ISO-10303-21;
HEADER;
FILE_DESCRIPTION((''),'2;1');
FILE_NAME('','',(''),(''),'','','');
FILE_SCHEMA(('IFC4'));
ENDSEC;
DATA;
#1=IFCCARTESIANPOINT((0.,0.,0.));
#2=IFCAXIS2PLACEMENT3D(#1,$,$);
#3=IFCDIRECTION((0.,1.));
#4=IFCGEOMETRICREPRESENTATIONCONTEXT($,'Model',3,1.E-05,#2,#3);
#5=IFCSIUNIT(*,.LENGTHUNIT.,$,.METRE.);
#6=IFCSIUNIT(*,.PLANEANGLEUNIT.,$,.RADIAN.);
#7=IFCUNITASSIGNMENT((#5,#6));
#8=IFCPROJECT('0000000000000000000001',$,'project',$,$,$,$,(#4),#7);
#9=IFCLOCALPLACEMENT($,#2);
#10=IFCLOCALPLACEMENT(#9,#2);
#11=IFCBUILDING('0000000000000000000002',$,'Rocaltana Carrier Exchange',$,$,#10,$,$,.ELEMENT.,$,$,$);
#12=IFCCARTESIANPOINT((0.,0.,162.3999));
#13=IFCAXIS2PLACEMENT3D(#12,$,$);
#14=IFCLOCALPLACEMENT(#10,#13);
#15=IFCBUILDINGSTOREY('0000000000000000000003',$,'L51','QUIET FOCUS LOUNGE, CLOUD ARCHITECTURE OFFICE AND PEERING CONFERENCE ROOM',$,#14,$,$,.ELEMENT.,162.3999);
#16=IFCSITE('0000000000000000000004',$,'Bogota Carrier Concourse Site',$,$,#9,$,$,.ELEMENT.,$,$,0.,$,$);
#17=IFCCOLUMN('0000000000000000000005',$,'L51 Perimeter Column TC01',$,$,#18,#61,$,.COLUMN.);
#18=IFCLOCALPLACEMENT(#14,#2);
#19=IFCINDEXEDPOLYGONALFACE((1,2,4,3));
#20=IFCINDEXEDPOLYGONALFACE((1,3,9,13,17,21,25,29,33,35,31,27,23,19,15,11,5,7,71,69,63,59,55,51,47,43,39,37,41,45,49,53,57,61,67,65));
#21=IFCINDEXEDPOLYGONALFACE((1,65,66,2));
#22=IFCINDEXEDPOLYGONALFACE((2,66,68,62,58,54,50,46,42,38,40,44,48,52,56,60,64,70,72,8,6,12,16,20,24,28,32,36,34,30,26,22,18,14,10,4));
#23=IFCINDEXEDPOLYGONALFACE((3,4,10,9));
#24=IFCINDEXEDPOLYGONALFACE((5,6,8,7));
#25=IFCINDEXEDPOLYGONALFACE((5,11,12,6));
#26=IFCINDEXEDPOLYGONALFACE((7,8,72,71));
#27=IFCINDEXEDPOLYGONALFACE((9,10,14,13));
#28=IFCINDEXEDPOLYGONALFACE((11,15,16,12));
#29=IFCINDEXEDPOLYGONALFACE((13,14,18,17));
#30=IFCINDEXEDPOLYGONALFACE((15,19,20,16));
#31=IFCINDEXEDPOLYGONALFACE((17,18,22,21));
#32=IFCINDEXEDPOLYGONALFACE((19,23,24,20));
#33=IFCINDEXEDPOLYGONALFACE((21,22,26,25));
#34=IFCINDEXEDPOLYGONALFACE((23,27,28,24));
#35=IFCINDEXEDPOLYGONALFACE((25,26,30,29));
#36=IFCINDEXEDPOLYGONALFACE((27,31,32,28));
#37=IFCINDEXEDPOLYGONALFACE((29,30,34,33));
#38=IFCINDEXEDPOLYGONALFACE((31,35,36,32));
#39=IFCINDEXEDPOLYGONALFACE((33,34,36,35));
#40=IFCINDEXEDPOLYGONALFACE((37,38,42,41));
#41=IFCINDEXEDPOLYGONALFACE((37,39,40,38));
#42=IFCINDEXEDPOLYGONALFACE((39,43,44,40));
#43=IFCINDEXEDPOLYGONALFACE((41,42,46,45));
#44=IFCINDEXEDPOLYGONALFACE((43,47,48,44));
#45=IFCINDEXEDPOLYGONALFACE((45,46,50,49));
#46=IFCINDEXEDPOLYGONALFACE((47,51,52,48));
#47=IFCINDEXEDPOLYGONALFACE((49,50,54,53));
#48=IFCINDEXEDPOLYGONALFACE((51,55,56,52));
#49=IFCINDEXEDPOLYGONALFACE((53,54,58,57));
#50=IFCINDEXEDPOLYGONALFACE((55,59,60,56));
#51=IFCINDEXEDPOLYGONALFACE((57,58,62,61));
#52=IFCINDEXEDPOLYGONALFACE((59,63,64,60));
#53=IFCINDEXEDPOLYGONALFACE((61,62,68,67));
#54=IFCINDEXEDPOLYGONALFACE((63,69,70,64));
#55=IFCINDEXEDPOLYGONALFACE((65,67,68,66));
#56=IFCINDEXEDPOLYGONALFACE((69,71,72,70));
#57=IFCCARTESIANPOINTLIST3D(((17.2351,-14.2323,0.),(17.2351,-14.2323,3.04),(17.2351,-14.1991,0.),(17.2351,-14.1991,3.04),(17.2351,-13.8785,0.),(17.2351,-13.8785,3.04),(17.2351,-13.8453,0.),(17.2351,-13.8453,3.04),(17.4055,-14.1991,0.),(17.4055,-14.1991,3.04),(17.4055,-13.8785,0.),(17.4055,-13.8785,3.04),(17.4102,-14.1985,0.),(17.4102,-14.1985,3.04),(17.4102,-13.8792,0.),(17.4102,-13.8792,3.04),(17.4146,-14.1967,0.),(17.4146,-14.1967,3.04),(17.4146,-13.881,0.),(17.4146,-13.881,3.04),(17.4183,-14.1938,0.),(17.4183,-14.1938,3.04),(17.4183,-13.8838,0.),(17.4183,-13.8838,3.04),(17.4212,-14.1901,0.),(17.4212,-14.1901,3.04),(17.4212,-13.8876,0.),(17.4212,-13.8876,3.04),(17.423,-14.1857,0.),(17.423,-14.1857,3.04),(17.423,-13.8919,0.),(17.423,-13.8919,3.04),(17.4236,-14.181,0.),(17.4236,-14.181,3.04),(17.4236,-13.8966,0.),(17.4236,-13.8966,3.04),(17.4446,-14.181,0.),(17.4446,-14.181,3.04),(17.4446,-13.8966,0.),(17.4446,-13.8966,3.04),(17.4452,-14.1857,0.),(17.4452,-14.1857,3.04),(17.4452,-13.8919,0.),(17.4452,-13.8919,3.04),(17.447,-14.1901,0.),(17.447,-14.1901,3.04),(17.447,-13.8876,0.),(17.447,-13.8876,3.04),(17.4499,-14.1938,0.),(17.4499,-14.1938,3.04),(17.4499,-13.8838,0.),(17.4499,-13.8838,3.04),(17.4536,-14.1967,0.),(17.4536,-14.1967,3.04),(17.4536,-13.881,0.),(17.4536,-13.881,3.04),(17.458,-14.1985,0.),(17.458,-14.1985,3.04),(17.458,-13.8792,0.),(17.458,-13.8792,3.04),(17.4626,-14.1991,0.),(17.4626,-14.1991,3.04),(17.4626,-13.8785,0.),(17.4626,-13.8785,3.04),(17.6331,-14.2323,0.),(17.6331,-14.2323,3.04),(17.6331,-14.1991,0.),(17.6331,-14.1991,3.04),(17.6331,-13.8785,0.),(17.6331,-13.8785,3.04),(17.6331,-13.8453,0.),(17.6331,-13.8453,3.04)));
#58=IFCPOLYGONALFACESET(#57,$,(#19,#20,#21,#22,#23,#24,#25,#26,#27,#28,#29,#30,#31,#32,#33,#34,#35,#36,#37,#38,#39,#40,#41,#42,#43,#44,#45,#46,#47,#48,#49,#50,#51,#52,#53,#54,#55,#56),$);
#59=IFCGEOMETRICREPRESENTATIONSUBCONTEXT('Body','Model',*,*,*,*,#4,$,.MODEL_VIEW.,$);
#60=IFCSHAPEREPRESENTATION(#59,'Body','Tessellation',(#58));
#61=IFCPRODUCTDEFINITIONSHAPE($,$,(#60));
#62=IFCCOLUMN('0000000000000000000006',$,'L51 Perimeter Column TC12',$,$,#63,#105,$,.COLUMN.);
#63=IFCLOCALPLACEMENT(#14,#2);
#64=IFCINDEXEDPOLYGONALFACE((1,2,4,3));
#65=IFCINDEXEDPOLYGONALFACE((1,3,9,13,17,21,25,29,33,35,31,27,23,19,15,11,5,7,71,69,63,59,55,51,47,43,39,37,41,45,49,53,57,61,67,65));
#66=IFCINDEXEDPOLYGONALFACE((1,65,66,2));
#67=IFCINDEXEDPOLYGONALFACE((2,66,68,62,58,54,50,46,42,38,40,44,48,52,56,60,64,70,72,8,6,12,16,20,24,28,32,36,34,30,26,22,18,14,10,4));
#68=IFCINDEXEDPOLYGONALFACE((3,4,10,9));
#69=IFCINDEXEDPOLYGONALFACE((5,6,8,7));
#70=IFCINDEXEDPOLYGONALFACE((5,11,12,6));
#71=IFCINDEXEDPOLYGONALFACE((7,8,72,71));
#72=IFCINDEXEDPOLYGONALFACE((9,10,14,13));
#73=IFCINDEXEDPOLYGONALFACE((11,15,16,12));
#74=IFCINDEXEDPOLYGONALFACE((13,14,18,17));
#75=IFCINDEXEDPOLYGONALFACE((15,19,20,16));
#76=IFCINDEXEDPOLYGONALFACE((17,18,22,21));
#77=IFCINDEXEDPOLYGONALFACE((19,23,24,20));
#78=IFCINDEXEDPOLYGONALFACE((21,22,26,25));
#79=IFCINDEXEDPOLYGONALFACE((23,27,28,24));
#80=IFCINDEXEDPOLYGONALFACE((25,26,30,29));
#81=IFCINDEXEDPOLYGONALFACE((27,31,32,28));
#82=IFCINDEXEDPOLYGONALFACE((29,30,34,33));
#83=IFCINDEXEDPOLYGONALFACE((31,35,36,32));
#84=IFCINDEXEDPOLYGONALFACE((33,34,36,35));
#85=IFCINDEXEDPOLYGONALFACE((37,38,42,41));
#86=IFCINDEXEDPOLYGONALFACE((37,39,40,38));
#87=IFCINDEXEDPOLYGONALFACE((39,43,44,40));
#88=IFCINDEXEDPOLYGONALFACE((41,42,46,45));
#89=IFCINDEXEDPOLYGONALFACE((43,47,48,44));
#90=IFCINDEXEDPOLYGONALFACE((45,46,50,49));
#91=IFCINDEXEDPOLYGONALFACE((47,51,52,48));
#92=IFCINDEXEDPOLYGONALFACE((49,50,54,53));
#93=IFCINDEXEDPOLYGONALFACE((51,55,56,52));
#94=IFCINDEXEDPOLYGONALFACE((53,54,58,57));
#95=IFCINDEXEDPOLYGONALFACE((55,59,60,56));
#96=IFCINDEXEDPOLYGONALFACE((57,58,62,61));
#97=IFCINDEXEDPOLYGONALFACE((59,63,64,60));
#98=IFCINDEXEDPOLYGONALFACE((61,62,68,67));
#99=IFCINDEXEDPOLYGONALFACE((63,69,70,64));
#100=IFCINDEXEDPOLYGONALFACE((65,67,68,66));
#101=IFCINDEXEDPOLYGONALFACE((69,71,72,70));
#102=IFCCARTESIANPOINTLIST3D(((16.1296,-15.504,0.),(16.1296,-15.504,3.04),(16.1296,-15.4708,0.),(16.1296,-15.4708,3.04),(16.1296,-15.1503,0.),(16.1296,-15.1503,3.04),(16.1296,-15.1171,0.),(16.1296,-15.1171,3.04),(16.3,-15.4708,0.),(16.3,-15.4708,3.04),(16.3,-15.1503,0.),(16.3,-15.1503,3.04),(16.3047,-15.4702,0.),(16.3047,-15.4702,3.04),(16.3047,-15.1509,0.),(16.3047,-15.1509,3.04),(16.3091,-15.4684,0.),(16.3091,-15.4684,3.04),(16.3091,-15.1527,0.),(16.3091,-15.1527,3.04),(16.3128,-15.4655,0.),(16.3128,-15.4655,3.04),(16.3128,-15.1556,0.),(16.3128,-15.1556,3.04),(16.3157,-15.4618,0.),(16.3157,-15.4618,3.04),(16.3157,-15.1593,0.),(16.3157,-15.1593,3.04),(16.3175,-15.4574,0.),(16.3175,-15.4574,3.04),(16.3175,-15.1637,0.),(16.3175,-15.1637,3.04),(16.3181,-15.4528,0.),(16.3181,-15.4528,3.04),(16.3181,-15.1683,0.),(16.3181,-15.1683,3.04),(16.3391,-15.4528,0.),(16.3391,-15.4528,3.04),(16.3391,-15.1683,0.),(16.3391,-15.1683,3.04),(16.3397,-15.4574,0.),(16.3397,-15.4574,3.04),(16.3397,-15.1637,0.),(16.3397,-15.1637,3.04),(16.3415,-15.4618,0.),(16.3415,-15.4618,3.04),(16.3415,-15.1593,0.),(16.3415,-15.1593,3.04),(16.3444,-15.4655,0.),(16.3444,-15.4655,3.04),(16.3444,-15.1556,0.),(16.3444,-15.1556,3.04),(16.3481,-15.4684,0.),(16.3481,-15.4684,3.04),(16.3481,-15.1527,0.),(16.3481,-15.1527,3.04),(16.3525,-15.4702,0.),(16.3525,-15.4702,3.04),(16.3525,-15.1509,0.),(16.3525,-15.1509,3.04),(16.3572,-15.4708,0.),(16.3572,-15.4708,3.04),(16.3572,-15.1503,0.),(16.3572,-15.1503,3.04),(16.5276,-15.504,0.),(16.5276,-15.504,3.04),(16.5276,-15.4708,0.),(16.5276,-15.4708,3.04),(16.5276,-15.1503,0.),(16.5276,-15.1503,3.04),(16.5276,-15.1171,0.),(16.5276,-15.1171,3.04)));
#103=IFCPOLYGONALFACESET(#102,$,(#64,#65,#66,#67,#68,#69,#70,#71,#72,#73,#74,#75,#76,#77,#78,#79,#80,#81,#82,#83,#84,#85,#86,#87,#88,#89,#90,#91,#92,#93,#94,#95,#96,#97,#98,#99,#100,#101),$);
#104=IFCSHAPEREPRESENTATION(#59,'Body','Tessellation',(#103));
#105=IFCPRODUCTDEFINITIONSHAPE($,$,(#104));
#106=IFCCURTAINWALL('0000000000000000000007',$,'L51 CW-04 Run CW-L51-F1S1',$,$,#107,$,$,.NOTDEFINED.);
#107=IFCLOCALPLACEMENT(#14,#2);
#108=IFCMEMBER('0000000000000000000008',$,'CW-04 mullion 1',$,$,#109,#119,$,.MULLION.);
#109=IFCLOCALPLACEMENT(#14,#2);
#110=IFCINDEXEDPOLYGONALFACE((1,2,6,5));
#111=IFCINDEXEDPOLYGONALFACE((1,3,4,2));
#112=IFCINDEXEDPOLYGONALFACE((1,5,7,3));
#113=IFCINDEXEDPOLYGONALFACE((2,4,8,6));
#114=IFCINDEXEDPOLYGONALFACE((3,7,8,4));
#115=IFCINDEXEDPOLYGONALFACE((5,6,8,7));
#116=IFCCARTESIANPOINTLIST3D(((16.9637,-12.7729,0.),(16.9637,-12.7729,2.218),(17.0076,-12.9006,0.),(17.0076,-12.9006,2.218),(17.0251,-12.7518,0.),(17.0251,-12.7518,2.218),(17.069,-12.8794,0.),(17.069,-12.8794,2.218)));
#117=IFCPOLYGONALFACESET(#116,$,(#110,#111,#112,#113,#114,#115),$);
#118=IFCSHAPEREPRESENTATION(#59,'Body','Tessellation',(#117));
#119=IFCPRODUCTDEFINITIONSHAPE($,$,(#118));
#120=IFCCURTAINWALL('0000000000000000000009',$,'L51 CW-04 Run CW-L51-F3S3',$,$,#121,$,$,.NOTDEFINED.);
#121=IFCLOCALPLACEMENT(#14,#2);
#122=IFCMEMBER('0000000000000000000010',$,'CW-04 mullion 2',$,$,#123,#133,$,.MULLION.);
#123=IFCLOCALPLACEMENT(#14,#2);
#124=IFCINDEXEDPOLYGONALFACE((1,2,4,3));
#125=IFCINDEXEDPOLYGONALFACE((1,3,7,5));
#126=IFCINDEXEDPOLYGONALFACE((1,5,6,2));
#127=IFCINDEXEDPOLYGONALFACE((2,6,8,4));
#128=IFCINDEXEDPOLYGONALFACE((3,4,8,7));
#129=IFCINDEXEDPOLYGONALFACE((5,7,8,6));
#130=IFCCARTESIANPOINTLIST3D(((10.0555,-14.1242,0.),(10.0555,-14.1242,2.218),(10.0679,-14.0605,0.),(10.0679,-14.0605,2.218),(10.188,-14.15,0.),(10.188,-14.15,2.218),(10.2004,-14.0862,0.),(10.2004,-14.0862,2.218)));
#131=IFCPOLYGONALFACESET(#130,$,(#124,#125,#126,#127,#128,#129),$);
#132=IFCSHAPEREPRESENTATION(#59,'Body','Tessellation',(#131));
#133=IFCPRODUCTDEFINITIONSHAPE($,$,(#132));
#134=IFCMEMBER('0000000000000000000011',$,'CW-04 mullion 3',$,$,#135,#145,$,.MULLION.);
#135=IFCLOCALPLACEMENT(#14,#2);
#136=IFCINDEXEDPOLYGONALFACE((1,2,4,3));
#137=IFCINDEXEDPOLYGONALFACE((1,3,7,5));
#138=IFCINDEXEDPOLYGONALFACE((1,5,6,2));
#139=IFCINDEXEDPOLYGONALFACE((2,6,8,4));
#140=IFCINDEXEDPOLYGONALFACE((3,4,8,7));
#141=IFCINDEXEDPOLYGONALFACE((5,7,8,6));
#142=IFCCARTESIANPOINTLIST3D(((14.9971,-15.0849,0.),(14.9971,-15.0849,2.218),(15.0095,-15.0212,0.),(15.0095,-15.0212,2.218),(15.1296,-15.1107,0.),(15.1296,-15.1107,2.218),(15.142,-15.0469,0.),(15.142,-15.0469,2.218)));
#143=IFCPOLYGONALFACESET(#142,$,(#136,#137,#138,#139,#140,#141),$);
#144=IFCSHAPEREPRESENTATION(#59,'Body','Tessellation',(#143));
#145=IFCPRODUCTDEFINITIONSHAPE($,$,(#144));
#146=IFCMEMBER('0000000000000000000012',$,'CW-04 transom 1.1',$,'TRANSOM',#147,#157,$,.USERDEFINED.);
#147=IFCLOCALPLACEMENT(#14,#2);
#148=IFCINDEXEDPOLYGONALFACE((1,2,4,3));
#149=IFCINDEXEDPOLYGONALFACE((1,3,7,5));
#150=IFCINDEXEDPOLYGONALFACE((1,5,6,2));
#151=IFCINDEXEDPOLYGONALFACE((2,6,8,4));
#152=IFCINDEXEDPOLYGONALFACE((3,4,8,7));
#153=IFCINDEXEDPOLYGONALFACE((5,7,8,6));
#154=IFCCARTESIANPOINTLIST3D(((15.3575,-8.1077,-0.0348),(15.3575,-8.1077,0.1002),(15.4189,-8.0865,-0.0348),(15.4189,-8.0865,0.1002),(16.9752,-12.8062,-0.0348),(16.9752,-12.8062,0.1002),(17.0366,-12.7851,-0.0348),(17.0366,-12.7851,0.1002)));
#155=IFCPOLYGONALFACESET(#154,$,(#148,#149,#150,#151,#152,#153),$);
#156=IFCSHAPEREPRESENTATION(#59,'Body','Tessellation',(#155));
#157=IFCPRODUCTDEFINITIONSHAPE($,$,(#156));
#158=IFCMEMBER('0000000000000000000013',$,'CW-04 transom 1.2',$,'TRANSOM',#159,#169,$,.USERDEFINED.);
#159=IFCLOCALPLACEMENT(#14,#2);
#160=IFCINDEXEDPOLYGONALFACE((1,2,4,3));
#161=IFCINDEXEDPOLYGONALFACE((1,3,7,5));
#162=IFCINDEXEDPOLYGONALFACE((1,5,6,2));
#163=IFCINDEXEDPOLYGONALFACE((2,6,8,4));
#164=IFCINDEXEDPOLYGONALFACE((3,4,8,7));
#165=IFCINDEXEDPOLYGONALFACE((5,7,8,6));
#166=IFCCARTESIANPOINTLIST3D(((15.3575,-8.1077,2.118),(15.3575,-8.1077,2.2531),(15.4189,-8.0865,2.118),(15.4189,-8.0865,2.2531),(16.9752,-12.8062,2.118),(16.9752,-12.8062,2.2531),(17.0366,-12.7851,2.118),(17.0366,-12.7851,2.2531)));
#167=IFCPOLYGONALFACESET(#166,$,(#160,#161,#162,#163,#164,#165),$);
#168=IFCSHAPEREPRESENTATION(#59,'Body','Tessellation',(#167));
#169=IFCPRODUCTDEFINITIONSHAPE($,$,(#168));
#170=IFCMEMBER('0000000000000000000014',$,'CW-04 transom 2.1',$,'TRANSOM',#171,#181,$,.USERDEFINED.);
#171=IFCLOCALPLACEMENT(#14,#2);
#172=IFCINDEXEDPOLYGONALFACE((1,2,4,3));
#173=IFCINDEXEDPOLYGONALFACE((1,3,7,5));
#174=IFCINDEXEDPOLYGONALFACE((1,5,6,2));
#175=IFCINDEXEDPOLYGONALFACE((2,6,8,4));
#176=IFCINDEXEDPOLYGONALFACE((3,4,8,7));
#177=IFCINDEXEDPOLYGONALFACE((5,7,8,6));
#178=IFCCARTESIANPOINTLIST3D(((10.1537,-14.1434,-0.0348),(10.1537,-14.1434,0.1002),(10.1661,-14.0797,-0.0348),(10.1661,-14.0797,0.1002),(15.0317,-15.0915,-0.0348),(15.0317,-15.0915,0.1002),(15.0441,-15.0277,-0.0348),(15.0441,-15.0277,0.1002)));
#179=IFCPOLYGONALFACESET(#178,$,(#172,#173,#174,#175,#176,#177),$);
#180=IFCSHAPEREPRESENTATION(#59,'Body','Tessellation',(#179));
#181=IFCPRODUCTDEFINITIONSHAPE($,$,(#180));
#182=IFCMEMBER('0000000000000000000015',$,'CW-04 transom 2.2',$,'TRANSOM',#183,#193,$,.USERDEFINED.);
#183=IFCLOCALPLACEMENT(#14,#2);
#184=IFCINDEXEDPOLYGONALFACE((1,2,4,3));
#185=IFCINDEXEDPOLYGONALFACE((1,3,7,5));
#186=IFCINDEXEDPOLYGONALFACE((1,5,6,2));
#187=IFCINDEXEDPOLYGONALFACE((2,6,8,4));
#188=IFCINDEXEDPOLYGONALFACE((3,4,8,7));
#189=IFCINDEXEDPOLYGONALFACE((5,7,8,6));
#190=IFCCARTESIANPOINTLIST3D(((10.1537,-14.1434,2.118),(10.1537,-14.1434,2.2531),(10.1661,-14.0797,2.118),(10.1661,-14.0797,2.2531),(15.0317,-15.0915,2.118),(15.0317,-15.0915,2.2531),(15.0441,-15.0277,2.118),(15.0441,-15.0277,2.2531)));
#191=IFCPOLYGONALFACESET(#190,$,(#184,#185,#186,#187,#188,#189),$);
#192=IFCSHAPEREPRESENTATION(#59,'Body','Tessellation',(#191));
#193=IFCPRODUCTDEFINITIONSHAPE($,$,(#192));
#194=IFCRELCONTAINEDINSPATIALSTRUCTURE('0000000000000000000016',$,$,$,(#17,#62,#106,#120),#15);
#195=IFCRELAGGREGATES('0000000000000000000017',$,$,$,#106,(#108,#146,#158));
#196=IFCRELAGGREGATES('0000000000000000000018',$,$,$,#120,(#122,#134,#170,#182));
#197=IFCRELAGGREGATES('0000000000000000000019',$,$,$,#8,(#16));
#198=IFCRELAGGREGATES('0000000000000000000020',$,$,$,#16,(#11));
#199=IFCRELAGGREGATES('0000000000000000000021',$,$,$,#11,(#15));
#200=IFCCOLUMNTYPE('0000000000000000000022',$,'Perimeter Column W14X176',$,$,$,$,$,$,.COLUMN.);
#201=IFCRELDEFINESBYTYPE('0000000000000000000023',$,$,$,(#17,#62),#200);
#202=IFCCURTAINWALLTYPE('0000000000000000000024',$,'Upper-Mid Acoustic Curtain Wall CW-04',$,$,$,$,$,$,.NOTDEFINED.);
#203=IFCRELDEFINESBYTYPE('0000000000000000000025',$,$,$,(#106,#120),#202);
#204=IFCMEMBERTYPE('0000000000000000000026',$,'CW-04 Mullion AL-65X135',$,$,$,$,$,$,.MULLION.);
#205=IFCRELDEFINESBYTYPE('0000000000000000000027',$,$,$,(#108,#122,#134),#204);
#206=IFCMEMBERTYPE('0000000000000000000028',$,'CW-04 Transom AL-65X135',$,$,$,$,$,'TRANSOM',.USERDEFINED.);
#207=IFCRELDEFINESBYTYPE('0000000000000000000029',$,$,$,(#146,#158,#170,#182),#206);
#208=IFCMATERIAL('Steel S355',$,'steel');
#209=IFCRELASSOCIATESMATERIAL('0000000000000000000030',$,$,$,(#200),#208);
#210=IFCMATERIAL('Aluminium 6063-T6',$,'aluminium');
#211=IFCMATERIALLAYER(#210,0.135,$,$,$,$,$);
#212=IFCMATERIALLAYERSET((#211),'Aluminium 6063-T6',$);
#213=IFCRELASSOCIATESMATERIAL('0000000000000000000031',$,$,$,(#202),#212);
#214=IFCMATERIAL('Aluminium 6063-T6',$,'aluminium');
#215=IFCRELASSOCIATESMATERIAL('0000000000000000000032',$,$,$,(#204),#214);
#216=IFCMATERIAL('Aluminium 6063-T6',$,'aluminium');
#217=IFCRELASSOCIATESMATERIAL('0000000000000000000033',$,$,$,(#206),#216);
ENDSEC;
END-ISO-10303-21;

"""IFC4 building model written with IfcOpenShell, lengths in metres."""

from ifc_helpers import new_model, si_unit, direction, frame, origin, origin_2d, place, context, subcontext, project, spatial, rectangle, i_section, extrude, material, layer, layer_set, material_profile, profile_set, type_object, element, aggregate, save


model = new_model("IFC4")

# Units and contexts
model_context = context("Model", 3, precision=1e-05, world=origin(), true_north=direction((0.0, 1.0)))
body_context = subcontext(model_context, "Body", "Model", "MODEL_VIEW")
ifc_project = project(units=[si_unit("LENGTHUNIT", "METRE"), si_unit("PLANEANGLEUNIT", "RADIAN")], contexts=[model_context])

# Site, building, storey
site_placement = place(None, origin())
site = spatial("IfcSite", under=ifc_project, at=site_placement, Name="Bogota Carrier Concourse Site", CompositionType="ELEMENT", RefElevation=0.0)
building_placement = place(site_placement, origin())
building = spatial("IfcBuilding", under=site, at=building_placement, Name="Rocaltana Carrier Exchange", CompositionType="ELEMENT")
storey_placement = place(building_placement, frame((0.0, 0.0, 162.3999)))
storey = spatial("IfcBuildingStorey", under=building, at=storey_placement, Name="L51", Description="QUIET FOCUS LOUNGE, CLOUD ARCHITECTURE OFFICE AND PEERING CONFERENCE ROOM", CompositionType="ELEMENT", Elevation=162.3999)

# Columns
ifc_material_1 = material(Name="Steel S355", Category="steel")
ifc_material_profile_1 = material_profile(ifc_material_1, i_section(OverallWidth=0.3979, OverallDepth=0.387, WebThickness=0.021, FlangeThickness=0.0332, FilletRadius=0.0181, at=origin_2d()), Name="W14X176")
ifc_profile_set_1 = profile_set([ifc_material_profile_1], Name="Steel S355")
column_type = type_object("IfcColumnType", Name="Perimeter Column W14X176", PredefinedType="COLUMN", material=ifc_profile_set_1)
for number, where, z_axis, x_axis, name in (
    (1, (17.4341, -14.0388, 0.0), (0.0, 0.0, 1.0), (1.0, 0.0, 0.0), "L51 Perimeter Column TC01"),
    (2, (16.3286, -15.3105, 0.0), (0.0, 0.0, 1.0), (1.0, 0.0, 0.0), "L51 Perimeter Column TC12"),
):
    element("IfcColumn", number, at=place(storey_placement, frame(where, z_axis=z_axis, x_axis=x_axis)), inside=storey, type_object=column_type, Name=name, PredefinedType="COLUMN", context=body_context, shape_type="SweptSolid", body=[
        extrude(i_section(OverallWidth=0.3979, OverallDepth=0.387, WebThickness=0.021, FlangeThickness=0.0332, FilletRadius=0.0181, at=origin_2d()), origin(), (0.0, 0.0, 1.0), 3.04),
    ])

# Curtain wall, member
ifc_material_2 = material(Name="Aluminium 6063-T6", Category="aluminium")
ifc_layer_1 = layer(ifc_material_2, 0.135)
ifc_layer_set_1 = layer_set([ifc_layer_1], Name="Aluminium 6063-T6")
curtain_wall_type = type_object("IfcCurtainWallType", Name="Upper-Mid Acoustic Curtain Wall CW-04", PredefinedType="NOTDEFINED", material=ifc_layer_set_1)
curtain_wall_1_placement = place(storey_placement, origin())
curtain_wall_1 = element("IfcCurtainWall", 3, at=curtain_wall_1_placement, inside=storey, type_object=curtain_wall_type, Name="L51 CW-04 Run CW-L51-F1S1", PredefinedType="NOTDEFINED")
ifc_material_3 = material(Name="Aluminium 6063-T6", Category="aluminium")
ifc_material_profile_2 = material_profile(ifc_material_3, rectangle(XDim=0.0649, YDim=0.135, at=origin_2d()), Name="AL-65X135")
ifc_profile_set_2 = profile_set([ifc_material_profile_2], Name="Aluminium 6063-T6")
member_type_1 = type_object("IfcMemberType", Name="CW-04 Mullion AL-65X135", PredefinedType="MULLION", material=ifc_profile_set_2)
member_1_placement = place(storey_placement, frame((17.0164, -12.8262, 0.0), z_axis=(0.0, 0.0, 1.0), x_axis=(-0.945522, -0.325559, 0.0)))
member_1 = element("IfcMember", 4, at=member_1_placement, type_object=member_type_1, Name="CW-04 mullion 1", PredefinedType="MULLION", context=body_context, shape_type="SweptSolid", body=[
    extrude(rectangle(XDim=0.0649, YDim=0.135, at=origin_2d()), origin(), (0.0, 0.0, 1.0), 2.218),
])

# Curtain wall, members
curtain_wall_2_placement = place(storey_placement, origin())
curtain_wall_2 = element("IfcCurtainWall", 5, at=curtain_wall_2_placement, inside=storey, type_object=curtain_wall_type, Name="L51 CW-04 Run CW-L51-F3S3", PredefinedType="NOTDEFINED")
member_2_placement = place(storey_placement, frame((10.1279, -14.1052, 0.0), z_axis=(0.0, 0.0, 1.0), x_axis=(0.190805, 0.981628, 0.0)))
member_2 = element("IfcMember", 6, at=member_2_placement, type_object=member_type_1, Name="CW-04 mullion 2", PredefinedType="MULLION", context=body_context, shape_type="SweptSolid", body=[
    extrude(rectangle(XDim=0.0649, YDim=0.135, at=origin_2d()), origin(), (0.0, 0.0, 1.0), 2.218),
])
member_3_placement = place(storey_placement, frame((15.0696, -15.0659, 0.0), z_axis=(0.0, 0.0, 1.0), x_axis=(0.190805, 0.981628, 0.0)))
member_3 = element("IfcMember", 7, at=member_3_placement, type_object=member_type_1, Name="CW-04 mullion 3", PredefinedType="MULLION", context=body_context, shape_type="SweptSolid", body=[
    extrude(rectangle(XDim=0.0649, YDim=0.135, at=origin_2d()), origin(), (0.0, 0.0, 1.0), 2.218),
])

# Members
ifc_material_4 = material(Name="Aluminium 6063-T6", Category="aluminium")
ifc_material_profile_3 = material_profile(ifc_material_4, rectangle(XDim=0.0649, YDim=0.135, at=origin_2d()), Name="AL-65X135")
ifc_profile_set_3 = profile_set([ifc_material_profile_3], Name="Aluminium 6063-T6")
member_type_2 = type_object("IfcMemberType", Name="CW-04 Transom AL-65X135", ElementType="TRANSOM", PredefinedType="USERDEFINED", material=ifc_profile_set_3)
member_4_placement = place(storey_placement, frame((17.0059, -12.7957, 0.0327), z_axis=(-0.325542, 0.945527, 0.0), x_axis=(-0.945527, -0.325542, 0.0)))
member_4 = element("IfcMember", 8, at=member_4_placement, type_object=member_type_2, Name="CW-04 transom 1.1", ObjectType="TRANSOM", PredefinedType="USERDEFINED", context=body_context, shape_type="SweptSolid", body=[
    extrude(rectangle(XDim=0.0649, YDim=0.135, at=origin_2d()), origin(), (0.0, 0.0, 1.0), 4.9692),
])
member_5_placement = place(storey_placement, frame((17.0059, -12.7957, 2.1855), z_axis=(-0.325542, 0.945527, 0.0), x_axis=(-0.945527, -0.325542, 0.0)))
member_5 = element("IfcMember", 9, at=member_5_placement, type_object=member_type_2, Name="CW-04 transom 1.2", ObjectType="TRANSOM", PredefinedType="USERDEFINED", context=body_context, shape_type="SweptSolid", body=[
    extrude(rectangle(XDim=0.0649, YDim=0.135, at=origin_2d()), origin(), (0.0, 0.0, 1.0), 4.9692),
])
aggregate(curtain_wall_1, [member_1, member_4, member_5])
member_6_placement = place(storey_placement, frame((10.1599, -14.1116, 0.0327), z_axis=(0.981634, -0.190775, 0.0), x_axis=(0.190775, 0.981634, 0.0)))
member_6 = element("IfcMember", 10, at=member_6_placement, type_object=member_type_2, Name="CW-04 transom 2.1", ObjectType="TRANSOM", PredefinedType="USERDEFINED", context=body_context, shape_type="SweptSolid", body=[
    extrude(rectangle(XDim=0.0649, YDim=0.135, at=origin_2d()), origin(), (0.0, 0.0, 1.0), 4.9692),
])
member_7_placement = place(storey_placement, frame((10.1599, -14.1116, 2.1855), z_axis=(0.981634, -0.190775, 0.0), x_axis=(0.190775, 0.981634, 0.0)))
member_7 = element("IfcMember", 11, at=member_7_placement, type_object=member_type_2, Name="CW-04 transom 2.2", ObjectType="TRANSOM", PredefinedType="USERDEFINED", context=body_context, shape_type="SweptSolid", body=[
    extrude(rectangle(XDim=0.0649, YDim=0.135, at=origin_2d()), origin(), (0.0, 0.0, 1.0), 4.9692),
])

aggregate(curtain_wall_2, [member_2, member_3, member_6, member_7])

save(model, "model.ifc")
